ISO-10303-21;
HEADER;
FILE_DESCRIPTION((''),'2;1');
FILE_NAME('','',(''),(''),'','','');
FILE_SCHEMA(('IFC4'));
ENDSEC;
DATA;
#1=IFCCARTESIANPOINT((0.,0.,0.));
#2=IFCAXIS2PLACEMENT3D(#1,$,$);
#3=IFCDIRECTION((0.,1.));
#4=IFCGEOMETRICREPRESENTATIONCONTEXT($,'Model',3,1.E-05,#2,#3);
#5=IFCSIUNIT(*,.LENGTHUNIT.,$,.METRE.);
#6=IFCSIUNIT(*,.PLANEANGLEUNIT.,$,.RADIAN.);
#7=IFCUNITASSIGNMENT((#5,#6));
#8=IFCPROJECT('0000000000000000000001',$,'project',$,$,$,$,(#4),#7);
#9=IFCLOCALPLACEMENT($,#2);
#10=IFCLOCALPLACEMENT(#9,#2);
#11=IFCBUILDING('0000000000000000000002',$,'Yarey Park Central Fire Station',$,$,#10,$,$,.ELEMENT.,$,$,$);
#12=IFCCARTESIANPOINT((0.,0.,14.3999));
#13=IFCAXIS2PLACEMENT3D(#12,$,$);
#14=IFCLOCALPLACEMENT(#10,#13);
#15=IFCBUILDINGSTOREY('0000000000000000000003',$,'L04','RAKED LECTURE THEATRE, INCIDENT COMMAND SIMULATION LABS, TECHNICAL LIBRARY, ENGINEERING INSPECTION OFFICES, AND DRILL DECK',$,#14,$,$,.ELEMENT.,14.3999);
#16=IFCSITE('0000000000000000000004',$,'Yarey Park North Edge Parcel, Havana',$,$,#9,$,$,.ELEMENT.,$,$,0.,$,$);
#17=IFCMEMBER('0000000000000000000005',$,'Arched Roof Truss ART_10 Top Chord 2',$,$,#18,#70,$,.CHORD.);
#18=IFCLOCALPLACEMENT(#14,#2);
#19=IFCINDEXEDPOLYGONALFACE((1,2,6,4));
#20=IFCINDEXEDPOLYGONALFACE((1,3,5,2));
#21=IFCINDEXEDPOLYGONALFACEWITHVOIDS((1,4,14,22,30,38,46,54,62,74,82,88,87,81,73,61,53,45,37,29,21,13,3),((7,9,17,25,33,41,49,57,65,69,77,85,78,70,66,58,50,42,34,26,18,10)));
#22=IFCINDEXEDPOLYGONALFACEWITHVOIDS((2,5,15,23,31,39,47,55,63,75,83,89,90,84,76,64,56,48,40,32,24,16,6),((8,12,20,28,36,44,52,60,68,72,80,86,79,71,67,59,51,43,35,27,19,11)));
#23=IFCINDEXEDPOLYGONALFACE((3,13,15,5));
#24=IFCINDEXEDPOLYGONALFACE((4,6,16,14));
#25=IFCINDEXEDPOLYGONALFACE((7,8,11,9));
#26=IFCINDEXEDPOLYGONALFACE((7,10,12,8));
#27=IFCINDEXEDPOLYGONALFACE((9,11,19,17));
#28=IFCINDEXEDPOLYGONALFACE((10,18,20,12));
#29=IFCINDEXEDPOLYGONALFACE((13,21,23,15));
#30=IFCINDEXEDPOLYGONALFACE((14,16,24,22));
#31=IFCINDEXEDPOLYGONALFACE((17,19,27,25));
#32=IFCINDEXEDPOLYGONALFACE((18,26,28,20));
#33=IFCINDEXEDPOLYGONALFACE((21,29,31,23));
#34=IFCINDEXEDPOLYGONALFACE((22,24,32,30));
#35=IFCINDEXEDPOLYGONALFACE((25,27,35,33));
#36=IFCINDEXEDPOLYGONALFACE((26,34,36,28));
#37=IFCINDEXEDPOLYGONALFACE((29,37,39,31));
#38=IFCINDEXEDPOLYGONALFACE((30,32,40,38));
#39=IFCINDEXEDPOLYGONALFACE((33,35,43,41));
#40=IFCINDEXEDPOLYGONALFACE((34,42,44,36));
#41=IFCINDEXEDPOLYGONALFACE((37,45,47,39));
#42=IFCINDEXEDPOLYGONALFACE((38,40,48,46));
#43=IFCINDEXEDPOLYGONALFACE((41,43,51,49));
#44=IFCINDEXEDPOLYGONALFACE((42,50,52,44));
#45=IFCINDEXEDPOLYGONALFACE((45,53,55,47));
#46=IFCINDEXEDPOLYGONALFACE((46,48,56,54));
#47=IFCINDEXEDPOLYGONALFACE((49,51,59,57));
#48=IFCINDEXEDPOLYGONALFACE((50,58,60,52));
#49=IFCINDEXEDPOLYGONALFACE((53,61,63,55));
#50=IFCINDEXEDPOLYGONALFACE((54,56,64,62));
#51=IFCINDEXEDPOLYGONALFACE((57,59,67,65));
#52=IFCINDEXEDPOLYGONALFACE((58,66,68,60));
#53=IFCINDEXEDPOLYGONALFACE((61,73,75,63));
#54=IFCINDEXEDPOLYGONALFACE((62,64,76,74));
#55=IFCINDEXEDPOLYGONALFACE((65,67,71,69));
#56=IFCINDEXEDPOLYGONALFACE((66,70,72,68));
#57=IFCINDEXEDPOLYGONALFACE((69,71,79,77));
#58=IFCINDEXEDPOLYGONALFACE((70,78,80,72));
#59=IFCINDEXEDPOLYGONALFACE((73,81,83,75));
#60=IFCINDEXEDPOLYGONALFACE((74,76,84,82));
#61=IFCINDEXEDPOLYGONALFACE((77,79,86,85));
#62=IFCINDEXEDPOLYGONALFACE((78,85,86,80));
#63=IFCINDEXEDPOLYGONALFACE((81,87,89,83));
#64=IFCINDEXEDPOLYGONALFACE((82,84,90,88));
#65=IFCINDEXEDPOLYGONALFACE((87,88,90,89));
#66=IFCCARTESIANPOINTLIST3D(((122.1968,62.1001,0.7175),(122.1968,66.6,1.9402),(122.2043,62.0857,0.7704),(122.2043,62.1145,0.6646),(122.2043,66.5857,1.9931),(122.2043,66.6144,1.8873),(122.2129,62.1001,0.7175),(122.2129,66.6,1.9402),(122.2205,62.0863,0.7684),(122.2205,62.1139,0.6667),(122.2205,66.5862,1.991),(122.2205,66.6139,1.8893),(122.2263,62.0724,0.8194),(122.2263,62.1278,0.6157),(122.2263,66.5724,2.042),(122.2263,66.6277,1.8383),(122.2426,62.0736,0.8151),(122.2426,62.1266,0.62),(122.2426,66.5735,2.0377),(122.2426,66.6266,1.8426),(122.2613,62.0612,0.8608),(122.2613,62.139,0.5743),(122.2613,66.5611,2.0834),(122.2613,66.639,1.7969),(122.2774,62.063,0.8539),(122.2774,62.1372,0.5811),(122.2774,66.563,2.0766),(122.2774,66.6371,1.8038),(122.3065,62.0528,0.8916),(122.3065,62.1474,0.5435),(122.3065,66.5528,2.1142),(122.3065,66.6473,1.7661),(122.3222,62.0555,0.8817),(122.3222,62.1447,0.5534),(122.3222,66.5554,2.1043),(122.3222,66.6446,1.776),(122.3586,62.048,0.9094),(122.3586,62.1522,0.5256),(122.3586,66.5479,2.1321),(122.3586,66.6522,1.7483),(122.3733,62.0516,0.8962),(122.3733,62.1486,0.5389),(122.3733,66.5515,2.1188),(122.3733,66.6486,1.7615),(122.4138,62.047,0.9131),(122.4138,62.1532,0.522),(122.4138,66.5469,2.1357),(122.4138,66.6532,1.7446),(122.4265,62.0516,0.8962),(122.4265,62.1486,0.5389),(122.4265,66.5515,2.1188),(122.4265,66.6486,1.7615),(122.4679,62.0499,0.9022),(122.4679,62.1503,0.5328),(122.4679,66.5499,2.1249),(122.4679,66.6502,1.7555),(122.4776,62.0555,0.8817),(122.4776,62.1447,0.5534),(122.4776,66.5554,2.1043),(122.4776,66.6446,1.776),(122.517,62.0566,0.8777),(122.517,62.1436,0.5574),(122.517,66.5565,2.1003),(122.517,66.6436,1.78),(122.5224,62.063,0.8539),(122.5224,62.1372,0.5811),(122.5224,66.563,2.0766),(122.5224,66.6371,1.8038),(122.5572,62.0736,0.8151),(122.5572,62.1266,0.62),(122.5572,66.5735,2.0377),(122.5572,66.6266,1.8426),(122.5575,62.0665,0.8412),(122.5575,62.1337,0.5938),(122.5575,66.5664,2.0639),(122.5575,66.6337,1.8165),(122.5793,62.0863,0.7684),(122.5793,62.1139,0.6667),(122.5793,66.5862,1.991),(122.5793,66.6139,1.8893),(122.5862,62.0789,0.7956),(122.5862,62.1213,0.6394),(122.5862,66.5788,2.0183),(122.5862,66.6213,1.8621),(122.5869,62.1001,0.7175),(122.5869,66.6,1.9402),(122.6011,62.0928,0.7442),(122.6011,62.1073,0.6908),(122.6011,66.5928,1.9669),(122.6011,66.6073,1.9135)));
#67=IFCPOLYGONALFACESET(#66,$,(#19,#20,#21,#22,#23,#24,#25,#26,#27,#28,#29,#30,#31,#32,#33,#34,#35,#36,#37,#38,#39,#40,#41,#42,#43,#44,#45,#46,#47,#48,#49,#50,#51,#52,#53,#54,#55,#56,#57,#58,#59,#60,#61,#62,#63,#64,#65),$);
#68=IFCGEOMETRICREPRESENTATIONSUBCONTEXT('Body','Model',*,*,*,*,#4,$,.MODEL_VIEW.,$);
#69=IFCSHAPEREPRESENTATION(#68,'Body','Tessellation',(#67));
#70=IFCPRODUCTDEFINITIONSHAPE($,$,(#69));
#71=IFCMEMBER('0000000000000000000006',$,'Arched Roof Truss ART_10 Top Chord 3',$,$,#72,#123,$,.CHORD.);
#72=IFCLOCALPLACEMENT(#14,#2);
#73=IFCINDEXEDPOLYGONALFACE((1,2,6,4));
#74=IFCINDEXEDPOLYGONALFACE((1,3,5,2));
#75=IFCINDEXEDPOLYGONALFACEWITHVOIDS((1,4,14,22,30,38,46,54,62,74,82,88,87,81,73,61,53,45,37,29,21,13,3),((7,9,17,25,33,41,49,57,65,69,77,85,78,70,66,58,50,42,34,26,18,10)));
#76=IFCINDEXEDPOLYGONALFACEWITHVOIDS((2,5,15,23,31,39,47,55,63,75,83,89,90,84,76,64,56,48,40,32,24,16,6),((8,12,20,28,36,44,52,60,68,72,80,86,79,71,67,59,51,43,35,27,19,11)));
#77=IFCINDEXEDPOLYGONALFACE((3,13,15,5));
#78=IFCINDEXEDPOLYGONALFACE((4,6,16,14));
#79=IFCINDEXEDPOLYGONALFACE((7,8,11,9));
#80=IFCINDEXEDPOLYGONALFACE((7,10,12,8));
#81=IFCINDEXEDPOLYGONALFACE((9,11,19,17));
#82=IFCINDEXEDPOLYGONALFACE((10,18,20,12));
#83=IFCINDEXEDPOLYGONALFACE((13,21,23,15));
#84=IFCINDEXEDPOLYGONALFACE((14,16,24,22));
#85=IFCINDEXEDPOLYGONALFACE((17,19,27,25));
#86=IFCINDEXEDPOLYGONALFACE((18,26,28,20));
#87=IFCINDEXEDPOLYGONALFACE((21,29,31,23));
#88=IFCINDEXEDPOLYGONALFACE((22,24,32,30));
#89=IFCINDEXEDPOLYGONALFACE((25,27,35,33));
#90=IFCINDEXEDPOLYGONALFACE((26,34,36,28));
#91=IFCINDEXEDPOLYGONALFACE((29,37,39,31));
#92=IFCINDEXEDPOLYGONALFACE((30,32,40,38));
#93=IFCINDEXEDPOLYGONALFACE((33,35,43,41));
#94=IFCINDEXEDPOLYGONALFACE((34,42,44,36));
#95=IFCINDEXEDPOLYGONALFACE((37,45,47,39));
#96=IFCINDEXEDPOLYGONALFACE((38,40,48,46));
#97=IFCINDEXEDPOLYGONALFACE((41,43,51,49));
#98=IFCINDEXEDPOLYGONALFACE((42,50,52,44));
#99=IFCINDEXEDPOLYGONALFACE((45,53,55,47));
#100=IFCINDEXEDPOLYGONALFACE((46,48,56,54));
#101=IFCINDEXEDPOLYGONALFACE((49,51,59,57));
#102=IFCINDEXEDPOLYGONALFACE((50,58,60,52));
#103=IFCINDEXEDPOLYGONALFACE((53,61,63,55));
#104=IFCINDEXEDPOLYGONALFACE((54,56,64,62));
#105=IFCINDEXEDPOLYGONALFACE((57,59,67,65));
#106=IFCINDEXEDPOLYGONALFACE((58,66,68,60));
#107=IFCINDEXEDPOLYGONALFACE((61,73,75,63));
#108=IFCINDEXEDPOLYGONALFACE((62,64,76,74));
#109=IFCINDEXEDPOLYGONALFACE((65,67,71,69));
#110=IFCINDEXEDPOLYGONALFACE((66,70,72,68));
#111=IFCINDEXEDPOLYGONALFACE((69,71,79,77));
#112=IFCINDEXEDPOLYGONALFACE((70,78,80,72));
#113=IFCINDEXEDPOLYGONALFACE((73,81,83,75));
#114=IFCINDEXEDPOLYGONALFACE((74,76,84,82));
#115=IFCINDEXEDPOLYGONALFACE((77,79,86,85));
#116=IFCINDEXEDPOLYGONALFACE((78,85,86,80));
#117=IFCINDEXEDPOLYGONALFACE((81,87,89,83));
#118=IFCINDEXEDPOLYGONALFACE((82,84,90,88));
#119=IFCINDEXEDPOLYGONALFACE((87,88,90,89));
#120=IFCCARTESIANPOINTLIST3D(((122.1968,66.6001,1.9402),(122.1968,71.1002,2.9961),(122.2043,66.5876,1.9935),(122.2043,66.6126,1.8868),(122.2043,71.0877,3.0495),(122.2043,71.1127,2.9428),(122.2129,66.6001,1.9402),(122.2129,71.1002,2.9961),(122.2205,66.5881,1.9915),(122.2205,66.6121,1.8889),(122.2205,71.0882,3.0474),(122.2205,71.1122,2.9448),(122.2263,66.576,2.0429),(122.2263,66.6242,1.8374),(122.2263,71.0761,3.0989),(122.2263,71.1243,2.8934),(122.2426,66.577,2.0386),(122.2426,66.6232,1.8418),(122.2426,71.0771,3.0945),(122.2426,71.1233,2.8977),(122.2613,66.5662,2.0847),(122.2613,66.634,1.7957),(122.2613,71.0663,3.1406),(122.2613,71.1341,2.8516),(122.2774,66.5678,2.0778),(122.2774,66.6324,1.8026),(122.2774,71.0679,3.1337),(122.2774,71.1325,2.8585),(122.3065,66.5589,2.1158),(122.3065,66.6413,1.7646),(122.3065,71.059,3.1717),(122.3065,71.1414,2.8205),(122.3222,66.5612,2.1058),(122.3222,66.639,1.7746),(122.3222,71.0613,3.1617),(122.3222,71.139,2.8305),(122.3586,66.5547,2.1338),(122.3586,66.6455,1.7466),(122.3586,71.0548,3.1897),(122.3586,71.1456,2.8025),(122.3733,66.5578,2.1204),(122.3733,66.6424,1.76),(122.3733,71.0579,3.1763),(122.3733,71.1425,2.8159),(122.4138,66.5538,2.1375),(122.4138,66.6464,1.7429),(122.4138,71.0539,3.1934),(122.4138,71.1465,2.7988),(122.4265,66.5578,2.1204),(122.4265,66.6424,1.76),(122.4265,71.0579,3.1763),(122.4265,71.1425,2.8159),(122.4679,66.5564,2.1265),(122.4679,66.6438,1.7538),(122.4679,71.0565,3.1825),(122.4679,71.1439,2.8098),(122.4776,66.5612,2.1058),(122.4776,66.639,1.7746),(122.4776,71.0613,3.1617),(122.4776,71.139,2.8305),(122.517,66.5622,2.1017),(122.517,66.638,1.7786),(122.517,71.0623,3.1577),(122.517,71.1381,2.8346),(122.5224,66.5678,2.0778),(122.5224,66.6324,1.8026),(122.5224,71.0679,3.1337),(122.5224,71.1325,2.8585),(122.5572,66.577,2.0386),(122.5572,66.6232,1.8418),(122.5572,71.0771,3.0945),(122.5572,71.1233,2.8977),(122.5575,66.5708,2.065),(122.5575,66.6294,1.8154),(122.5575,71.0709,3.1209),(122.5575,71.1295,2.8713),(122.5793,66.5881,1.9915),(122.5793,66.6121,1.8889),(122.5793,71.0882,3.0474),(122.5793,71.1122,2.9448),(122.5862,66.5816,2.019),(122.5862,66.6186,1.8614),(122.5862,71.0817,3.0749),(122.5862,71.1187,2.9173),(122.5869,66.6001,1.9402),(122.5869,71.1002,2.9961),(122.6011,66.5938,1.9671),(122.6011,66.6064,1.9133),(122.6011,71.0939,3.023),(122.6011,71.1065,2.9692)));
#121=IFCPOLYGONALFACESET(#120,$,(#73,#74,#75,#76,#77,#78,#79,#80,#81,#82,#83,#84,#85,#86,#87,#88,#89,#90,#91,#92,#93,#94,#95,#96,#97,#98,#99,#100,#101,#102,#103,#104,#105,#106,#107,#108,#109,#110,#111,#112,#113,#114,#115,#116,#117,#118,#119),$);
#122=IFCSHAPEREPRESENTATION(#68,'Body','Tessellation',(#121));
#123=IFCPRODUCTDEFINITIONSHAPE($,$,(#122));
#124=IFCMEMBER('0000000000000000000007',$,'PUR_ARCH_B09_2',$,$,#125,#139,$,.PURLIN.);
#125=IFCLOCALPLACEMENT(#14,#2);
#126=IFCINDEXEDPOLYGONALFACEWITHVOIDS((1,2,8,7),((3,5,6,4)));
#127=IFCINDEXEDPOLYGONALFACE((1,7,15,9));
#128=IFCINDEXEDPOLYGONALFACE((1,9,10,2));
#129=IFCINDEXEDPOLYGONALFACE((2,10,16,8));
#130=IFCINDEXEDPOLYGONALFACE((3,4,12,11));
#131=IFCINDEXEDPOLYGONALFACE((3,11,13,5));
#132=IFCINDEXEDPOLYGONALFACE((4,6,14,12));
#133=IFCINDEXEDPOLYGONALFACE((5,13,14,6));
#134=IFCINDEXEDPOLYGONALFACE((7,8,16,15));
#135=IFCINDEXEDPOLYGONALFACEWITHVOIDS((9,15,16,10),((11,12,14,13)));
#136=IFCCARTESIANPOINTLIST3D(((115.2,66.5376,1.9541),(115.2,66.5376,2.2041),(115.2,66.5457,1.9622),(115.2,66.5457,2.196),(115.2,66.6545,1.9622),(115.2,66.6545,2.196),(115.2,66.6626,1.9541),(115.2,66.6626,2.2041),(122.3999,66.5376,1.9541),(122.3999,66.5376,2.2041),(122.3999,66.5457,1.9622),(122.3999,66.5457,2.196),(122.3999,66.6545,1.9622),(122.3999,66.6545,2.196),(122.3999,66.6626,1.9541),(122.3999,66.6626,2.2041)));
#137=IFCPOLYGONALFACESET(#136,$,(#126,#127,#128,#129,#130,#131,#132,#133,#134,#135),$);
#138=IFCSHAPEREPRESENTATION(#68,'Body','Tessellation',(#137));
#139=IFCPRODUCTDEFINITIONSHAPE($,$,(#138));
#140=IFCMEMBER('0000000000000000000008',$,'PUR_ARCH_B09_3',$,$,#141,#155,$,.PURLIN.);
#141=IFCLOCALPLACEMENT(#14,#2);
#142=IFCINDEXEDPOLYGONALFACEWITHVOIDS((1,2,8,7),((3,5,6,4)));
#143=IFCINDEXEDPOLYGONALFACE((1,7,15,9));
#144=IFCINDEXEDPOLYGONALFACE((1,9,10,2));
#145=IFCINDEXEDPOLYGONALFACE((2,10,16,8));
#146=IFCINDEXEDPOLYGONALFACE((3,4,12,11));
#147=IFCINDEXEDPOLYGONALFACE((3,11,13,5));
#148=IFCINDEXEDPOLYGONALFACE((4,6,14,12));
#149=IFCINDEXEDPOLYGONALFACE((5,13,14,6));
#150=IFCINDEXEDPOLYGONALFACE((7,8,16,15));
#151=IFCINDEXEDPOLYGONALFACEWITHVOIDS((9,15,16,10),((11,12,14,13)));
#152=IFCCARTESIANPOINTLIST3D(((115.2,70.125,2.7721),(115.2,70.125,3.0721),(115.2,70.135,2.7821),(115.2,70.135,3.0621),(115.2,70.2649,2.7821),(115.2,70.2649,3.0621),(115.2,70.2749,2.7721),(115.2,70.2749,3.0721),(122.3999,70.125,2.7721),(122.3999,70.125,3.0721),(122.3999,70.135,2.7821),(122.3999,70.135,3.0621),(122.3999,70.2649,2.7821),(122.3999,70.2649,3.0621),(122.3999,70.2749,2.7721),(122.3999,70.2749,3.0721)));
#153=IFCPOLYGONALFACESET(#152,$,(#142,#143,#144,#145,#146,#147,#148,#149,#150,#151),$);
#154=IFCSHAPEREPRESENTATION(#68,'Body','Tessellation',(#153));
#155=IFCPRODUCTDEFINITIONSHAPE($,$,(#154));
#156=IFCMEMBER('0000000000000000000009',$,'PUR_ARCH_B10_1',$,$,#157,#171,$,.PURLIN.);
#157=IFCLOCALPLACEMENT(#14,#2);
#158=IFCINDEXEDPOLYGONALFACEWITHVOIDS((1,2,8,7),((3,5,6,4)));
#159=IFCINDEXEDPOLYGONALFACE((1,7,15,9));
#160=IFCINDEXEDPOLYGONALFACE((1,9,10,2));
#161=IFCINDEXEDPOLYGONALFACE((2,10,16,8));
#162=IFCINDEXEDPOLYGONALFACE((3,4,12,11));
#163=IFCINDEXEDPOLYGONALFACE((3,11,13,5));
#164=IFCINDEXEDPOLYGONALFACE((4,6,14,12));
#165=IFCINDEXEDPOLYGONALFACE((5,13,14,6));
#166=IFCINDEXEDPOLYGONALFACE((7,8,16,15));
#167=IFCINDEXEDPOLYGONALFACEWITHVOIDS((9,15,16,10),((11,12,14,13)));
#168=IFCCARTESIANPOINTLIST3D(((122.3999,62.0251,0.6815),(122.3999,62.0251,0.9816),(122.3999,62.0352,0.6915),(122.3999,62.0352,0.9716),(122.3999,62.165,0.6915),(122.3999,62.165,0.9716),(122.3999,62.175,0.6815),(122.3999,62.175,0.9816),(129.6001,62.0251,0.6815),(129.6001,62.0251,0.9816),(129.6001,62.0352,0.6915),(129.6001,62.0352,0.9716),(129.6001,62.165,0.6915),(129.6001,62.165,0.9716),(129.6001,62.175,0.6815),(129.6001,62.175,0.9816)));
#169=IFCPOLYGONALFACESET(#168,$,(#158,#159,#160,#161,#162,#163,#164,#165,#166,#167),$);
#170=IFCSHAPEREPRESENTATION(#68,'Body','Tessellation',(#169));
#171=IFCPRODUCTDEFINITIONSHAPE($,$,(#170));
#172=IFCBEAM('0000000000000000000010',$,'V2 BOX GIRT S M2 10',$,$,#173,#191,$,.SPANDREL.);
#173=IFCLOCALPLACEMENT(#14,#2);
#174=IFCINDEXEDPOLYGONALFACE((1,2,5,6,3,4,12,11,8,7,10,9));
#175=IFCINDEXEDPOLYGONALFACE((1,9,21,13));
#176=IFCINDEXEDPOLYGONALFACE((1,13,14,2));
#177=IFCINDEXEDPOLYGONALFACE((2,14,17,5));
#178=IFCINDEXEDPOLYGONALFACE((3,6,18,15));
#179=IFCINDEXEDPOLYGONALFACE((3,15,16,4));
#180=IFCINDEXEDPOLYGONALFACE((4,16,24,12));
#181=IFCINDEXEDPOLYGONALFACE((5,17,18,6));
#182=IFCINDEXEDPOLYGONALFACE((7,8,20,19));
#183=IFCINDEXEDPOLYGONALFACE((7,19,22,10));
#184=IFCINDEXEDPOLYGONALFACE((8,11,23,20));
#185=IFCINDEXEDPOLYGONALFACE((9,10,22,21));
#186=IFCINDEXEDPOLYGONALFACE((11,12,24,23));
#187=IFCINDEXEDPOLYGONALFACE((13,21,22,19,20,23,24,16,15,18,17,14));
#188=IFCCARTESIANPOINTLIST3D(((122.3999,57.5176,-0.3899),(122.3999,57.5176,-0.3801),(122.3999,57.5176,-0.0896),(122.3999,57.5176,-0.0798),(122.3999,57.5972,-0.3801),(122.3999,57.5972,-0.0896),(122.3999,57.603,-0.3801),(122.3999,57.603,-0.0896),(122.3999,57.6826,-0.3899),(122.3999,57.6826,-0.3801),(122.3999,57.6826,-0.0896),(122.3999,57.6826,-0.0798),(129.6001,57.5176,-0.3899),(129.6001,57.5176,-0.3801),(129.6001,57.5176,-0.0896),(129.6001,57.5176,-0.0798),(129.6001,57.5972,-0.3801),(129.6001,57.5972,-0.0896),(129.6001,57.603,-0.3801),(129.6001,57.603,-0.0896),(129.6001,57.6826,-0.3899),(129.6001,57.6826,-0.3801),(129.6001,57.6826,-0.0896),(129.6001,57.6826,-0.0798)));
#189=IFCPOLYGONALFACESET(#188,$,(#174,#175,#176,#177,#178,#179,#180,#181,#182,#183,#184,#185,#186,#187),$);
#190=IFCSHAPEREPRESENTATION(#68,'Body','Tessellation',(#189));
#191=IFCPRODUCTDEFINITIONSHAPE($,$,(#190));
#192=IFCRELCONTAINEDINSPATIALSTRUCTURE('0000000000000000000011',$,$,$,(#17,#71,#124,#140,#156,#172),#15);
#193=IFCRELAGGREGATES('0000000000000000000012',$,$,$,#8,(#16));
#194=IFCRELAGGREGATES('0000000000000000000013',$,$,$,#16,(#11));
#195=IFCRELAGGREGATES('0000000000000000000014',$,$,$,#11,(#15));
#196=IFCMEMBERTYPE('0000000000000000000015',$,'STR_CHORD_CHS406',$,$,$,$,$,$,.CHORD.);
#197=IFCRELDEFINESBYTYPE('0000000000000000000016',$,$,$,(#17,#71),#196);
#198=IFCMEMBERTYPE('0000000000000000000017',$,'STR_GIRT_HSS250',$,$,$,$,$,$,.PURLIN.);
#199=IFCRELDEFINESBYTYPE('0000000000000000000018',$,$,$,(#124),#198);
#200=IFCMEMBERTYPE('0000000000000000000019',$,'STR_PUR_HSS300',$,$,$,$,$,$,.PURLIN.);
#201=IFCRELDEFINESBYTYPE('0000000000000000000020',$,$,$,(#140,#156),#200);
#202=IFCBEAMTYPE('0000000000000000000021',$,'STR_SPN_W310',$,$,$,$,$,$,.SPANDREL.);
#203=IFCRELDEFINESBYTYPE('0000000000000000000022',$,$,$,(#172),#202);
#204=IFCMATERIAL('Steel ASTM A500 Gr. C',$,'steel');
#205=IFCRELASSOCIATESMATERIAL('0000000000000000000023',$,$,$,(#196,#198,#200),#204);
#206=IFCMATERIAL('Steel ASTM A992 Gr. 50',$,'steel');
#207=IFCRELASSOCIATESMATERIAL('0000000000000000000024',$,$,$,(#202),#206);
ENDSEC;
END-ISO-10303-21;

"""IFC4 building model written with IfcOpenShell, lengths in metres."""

from ifc_helpers import new_model, si_unit, direction, frame, origin, origin_2d, place, context, subcontext, project, spatial, hollow_rectangle, hollow_circle, i_section, extrude, material, material_profile, profile_set, type_object, element, save


model = new_model("IFC4")

# Units and contexts
model_context = context("Model", 3, precision=1e-05, world=origin(), true_north=direction((0.0, 1.0)))
body_context = subcontext(model_context, "Body", "Model", "MODEL_VIEW")
ifc_project = project(units=[si_unit("LENGTHUNIT", "METRE"), si_unit("PLANEANGLEUNIT", "RADIAN")], contexts=[model_context])

# Site, building, storey
site_placement = place(None, origin())
site = spatial("IfcSite", under=ifc_project, at=site_placement, Name="Yarey Park North Edge Parcel, Havana", CompositionType="ELEMENT", RefElevation=0.0)
building_placement = place(site_placement, origin())
building = spatial("IfcBuilding", under=site, at=building_placement, Name="Yarey Park Central Fire Station", CompositionType="ELEMENT")
storey_placement = place(building_placement, frame((0.0, 0.0, 14.3999)))
storey = spatial("IfcBuildingStorey", under=building, at=storey_placement, Name="L04", Description="RAKED LECTURE THEATRE, INCIDENT COMMAND SIMULATION LABS, TECHNICAL LIBRARY, ENGINEERING INSPECTION OFFICES, AND DRILL DECK", CompositionType="ELEMENT", Elevation=14.3999)

# Shared definitions
ifc_material_1 = material(Name="Steel ASTM A992 Gr. 50", Category="steel")

# Members
ifc_material_2 = material(Name="Steel ASTM A500 Gr. C", Category="steel")
ifc_material_profile_1 = material_profile(ifc_material_2, hollow_circle(Radius=0.2031, WallThickness=0.0161, at=origin_2d()), Name="CHS 406.4x16")
ifc_profile_set_1 = profile_set([ifc_material_profile_1], Name="Steel ASTM A500 Gr. C")
member_type_1 = type_object("IfcMemberType", Name="STR_CHORD_CHS406", PredefinedType="CHORD", material=ifc_profile_set_1)
member_1_placement = place(storey_placement, frame((122.3999, 62.1001, 0.7175), z_axis=(0.0, 0.965015, 0.262196), x_axis=(-1.0, 0.0, 0.0)))
element("IfcMember", 1, at=member_1_placement, inside=storey, type_object=member_type_1, Name="Arched Roof Truss ART_10 Top Chord 2", PredefinedType="CHORD", context=body_context, shape_type="SweptSolid", body=[
    extrude(hollow_circle(Radius=0.2031, WallThickness=0.0161, at=origin_2d()), origin(), (0.0, 0.0, 1.0), 4.6631),
])
member_2_placement = place(storey_placement, frame((122.3999, 66.6001, 1.9402), z_axis=(0.0, 0.973558, 0.228442), x_axis=(-1.0, 0.0, 0.0)))
element("IfcMember", 2, at=member_2_placement, inside=storey, type_object=member_type_1, Name="Arched Roof Truss ART_10 Top Chord 3", PredefinedType="CHORD", context=body_context, shape_type="SweptSolid", body=[
    extrude(hollow_circle(Radius=0.2031, WallThickness=0.0161, at=origin_2d()), origin(), (0.0, 0.0, 1.0), 4.6223),
])
ifc_material_profile_2 = material_profile(ifc_material_2, hollow_rectangle(XDim=0.125, YDim=0.25, WallThickness=0.0081, at=origin_2d()), Name="HSS 250x125x8")
ifc_profile_set_2 = profile_set([ifc_material_profile_2], Name="Steel ASTM A500 Gr. C")
member_type_2 = type_object("IfcMemberType", Name="STR_GIRT_HSS250", PredefinedType="PURLIN", material=ifc_profile_set_2)
member_3_placement = place(storey_placement, frame((115.2, 66.6001, 2.0791), z_axis=(1.0, 0.0, 0.0), x_axis=(0.0, 1.0, 0.0)))
element("IfcMember", 3, at=member_3_placement, inside=storey, type_object=member_type_2, Name="PUR_ARCH_B09_2", PredefinedType="PURLIN", context=body_context, shape_type="SweptSolid", body=[
    extrude(hollow_rectangle(XDim=0.125, YDim=0.25, WallThickness=0.0081, at=origin_2d()), origin(), (0.0, 0.0, 1.0), 7.2),
])
ifc_material_profile_3 = material_profile(ifc_material_2, hollow_rectangle(XDim=0.1499, YDim=0.3, WallThickness=0.01, at=origin_2d()), Name="HSS 300x150x10")
ifc_profile_set_3 = profile_set([ifc_material_profile_3], Name="Steel ASTM A500 Gr. C")
member_type_3 = type_object("IfcMemberType", Name="STR_PUR_HSS300", PredefinedType="PURLIN", material=ifc_profile_set_3)
member_4_placement = place(storey_placement, frame((115.2, 70.2, 2.9221), z_axis=(1.0, 0.0, 0.0), x_axis=(0.0, 1.0, 0.0)))
element("IfcMember", 4, at=member_4_placement, inside=storey, type_object=member_type_3, Name="PUR_ARCH_B09_3", PredefinedType="PURLIN", context=body_context, shape_type="SweptSolid", body=[
    extrude(hollow_rectangle(XDim=0.1499, YDim=0.3, WallThickness=0.01, at=origin_2d()), origin(), (0.0, 0.0, 1.0), 7.2),
])
member_5_placement = place(storey_placement, frame((122.3999, 62.1001, 0.8315), z_axis=(1.0, 0.0, 0.0), x_axis=(0.0, 1.0, 0.0)))
element("IfcMember", 5, at=member_5_placement, inside=storey, type_object=member_type_3, Name="PUR_ARCH_B10_1", PredefinedType="PURLIN", context=body_context, shape_type="SweptSolid", body=[
    extrude(hollow_rectangle(XDim=0.1499, YDim=0.3, WallThickness=0.01, at=origin_2d()), origin(), (0.0, 0.0, 1.0), 7.2002),
])

# Beam
ifc_material_profile_4 = material_profile(ifc_material_1, i_section(OverallWidth=0.165, OverallDepth=0.3101, WebThickness=0.0059, FlangeThickness=0.0098, at=origin_2d()), Name="W310x39")
ifc_profile_set_4 = profile_set([ifc_material_profile_4], Name="Steel ASTM A992 Gr. 50")
beam_type = type_object("IfcBeamType", Name="STR_SPN_W310", PredefinedType="SPANDREL", material=ifc_profile_set_4)
beam_placement = place(storey_placement, frame((122.3999, 57.6001, -0.2349), z_axis=(1.0, 0.0, 0.0), x_axis=(0.0, 1.0, 0.0)))
element("IfcBeam", 6, at=beam_placement, inside=storey, type_object=beam_type, Name="V2 BOX GIRT S M2 10", PredefinedType="SPANDREL", context=body_context, shape_type="SweptSolid", body=[
    extrude(i_section(OverallWidth=0.165, OverallDepth=0.3101, WebThickness=0.0059, FlangeThickness=0.0098, at=origin_2d()), origin(), (0.0, 0.0, 1.0), 7.2002),
])

save(model, "model.ifc")
